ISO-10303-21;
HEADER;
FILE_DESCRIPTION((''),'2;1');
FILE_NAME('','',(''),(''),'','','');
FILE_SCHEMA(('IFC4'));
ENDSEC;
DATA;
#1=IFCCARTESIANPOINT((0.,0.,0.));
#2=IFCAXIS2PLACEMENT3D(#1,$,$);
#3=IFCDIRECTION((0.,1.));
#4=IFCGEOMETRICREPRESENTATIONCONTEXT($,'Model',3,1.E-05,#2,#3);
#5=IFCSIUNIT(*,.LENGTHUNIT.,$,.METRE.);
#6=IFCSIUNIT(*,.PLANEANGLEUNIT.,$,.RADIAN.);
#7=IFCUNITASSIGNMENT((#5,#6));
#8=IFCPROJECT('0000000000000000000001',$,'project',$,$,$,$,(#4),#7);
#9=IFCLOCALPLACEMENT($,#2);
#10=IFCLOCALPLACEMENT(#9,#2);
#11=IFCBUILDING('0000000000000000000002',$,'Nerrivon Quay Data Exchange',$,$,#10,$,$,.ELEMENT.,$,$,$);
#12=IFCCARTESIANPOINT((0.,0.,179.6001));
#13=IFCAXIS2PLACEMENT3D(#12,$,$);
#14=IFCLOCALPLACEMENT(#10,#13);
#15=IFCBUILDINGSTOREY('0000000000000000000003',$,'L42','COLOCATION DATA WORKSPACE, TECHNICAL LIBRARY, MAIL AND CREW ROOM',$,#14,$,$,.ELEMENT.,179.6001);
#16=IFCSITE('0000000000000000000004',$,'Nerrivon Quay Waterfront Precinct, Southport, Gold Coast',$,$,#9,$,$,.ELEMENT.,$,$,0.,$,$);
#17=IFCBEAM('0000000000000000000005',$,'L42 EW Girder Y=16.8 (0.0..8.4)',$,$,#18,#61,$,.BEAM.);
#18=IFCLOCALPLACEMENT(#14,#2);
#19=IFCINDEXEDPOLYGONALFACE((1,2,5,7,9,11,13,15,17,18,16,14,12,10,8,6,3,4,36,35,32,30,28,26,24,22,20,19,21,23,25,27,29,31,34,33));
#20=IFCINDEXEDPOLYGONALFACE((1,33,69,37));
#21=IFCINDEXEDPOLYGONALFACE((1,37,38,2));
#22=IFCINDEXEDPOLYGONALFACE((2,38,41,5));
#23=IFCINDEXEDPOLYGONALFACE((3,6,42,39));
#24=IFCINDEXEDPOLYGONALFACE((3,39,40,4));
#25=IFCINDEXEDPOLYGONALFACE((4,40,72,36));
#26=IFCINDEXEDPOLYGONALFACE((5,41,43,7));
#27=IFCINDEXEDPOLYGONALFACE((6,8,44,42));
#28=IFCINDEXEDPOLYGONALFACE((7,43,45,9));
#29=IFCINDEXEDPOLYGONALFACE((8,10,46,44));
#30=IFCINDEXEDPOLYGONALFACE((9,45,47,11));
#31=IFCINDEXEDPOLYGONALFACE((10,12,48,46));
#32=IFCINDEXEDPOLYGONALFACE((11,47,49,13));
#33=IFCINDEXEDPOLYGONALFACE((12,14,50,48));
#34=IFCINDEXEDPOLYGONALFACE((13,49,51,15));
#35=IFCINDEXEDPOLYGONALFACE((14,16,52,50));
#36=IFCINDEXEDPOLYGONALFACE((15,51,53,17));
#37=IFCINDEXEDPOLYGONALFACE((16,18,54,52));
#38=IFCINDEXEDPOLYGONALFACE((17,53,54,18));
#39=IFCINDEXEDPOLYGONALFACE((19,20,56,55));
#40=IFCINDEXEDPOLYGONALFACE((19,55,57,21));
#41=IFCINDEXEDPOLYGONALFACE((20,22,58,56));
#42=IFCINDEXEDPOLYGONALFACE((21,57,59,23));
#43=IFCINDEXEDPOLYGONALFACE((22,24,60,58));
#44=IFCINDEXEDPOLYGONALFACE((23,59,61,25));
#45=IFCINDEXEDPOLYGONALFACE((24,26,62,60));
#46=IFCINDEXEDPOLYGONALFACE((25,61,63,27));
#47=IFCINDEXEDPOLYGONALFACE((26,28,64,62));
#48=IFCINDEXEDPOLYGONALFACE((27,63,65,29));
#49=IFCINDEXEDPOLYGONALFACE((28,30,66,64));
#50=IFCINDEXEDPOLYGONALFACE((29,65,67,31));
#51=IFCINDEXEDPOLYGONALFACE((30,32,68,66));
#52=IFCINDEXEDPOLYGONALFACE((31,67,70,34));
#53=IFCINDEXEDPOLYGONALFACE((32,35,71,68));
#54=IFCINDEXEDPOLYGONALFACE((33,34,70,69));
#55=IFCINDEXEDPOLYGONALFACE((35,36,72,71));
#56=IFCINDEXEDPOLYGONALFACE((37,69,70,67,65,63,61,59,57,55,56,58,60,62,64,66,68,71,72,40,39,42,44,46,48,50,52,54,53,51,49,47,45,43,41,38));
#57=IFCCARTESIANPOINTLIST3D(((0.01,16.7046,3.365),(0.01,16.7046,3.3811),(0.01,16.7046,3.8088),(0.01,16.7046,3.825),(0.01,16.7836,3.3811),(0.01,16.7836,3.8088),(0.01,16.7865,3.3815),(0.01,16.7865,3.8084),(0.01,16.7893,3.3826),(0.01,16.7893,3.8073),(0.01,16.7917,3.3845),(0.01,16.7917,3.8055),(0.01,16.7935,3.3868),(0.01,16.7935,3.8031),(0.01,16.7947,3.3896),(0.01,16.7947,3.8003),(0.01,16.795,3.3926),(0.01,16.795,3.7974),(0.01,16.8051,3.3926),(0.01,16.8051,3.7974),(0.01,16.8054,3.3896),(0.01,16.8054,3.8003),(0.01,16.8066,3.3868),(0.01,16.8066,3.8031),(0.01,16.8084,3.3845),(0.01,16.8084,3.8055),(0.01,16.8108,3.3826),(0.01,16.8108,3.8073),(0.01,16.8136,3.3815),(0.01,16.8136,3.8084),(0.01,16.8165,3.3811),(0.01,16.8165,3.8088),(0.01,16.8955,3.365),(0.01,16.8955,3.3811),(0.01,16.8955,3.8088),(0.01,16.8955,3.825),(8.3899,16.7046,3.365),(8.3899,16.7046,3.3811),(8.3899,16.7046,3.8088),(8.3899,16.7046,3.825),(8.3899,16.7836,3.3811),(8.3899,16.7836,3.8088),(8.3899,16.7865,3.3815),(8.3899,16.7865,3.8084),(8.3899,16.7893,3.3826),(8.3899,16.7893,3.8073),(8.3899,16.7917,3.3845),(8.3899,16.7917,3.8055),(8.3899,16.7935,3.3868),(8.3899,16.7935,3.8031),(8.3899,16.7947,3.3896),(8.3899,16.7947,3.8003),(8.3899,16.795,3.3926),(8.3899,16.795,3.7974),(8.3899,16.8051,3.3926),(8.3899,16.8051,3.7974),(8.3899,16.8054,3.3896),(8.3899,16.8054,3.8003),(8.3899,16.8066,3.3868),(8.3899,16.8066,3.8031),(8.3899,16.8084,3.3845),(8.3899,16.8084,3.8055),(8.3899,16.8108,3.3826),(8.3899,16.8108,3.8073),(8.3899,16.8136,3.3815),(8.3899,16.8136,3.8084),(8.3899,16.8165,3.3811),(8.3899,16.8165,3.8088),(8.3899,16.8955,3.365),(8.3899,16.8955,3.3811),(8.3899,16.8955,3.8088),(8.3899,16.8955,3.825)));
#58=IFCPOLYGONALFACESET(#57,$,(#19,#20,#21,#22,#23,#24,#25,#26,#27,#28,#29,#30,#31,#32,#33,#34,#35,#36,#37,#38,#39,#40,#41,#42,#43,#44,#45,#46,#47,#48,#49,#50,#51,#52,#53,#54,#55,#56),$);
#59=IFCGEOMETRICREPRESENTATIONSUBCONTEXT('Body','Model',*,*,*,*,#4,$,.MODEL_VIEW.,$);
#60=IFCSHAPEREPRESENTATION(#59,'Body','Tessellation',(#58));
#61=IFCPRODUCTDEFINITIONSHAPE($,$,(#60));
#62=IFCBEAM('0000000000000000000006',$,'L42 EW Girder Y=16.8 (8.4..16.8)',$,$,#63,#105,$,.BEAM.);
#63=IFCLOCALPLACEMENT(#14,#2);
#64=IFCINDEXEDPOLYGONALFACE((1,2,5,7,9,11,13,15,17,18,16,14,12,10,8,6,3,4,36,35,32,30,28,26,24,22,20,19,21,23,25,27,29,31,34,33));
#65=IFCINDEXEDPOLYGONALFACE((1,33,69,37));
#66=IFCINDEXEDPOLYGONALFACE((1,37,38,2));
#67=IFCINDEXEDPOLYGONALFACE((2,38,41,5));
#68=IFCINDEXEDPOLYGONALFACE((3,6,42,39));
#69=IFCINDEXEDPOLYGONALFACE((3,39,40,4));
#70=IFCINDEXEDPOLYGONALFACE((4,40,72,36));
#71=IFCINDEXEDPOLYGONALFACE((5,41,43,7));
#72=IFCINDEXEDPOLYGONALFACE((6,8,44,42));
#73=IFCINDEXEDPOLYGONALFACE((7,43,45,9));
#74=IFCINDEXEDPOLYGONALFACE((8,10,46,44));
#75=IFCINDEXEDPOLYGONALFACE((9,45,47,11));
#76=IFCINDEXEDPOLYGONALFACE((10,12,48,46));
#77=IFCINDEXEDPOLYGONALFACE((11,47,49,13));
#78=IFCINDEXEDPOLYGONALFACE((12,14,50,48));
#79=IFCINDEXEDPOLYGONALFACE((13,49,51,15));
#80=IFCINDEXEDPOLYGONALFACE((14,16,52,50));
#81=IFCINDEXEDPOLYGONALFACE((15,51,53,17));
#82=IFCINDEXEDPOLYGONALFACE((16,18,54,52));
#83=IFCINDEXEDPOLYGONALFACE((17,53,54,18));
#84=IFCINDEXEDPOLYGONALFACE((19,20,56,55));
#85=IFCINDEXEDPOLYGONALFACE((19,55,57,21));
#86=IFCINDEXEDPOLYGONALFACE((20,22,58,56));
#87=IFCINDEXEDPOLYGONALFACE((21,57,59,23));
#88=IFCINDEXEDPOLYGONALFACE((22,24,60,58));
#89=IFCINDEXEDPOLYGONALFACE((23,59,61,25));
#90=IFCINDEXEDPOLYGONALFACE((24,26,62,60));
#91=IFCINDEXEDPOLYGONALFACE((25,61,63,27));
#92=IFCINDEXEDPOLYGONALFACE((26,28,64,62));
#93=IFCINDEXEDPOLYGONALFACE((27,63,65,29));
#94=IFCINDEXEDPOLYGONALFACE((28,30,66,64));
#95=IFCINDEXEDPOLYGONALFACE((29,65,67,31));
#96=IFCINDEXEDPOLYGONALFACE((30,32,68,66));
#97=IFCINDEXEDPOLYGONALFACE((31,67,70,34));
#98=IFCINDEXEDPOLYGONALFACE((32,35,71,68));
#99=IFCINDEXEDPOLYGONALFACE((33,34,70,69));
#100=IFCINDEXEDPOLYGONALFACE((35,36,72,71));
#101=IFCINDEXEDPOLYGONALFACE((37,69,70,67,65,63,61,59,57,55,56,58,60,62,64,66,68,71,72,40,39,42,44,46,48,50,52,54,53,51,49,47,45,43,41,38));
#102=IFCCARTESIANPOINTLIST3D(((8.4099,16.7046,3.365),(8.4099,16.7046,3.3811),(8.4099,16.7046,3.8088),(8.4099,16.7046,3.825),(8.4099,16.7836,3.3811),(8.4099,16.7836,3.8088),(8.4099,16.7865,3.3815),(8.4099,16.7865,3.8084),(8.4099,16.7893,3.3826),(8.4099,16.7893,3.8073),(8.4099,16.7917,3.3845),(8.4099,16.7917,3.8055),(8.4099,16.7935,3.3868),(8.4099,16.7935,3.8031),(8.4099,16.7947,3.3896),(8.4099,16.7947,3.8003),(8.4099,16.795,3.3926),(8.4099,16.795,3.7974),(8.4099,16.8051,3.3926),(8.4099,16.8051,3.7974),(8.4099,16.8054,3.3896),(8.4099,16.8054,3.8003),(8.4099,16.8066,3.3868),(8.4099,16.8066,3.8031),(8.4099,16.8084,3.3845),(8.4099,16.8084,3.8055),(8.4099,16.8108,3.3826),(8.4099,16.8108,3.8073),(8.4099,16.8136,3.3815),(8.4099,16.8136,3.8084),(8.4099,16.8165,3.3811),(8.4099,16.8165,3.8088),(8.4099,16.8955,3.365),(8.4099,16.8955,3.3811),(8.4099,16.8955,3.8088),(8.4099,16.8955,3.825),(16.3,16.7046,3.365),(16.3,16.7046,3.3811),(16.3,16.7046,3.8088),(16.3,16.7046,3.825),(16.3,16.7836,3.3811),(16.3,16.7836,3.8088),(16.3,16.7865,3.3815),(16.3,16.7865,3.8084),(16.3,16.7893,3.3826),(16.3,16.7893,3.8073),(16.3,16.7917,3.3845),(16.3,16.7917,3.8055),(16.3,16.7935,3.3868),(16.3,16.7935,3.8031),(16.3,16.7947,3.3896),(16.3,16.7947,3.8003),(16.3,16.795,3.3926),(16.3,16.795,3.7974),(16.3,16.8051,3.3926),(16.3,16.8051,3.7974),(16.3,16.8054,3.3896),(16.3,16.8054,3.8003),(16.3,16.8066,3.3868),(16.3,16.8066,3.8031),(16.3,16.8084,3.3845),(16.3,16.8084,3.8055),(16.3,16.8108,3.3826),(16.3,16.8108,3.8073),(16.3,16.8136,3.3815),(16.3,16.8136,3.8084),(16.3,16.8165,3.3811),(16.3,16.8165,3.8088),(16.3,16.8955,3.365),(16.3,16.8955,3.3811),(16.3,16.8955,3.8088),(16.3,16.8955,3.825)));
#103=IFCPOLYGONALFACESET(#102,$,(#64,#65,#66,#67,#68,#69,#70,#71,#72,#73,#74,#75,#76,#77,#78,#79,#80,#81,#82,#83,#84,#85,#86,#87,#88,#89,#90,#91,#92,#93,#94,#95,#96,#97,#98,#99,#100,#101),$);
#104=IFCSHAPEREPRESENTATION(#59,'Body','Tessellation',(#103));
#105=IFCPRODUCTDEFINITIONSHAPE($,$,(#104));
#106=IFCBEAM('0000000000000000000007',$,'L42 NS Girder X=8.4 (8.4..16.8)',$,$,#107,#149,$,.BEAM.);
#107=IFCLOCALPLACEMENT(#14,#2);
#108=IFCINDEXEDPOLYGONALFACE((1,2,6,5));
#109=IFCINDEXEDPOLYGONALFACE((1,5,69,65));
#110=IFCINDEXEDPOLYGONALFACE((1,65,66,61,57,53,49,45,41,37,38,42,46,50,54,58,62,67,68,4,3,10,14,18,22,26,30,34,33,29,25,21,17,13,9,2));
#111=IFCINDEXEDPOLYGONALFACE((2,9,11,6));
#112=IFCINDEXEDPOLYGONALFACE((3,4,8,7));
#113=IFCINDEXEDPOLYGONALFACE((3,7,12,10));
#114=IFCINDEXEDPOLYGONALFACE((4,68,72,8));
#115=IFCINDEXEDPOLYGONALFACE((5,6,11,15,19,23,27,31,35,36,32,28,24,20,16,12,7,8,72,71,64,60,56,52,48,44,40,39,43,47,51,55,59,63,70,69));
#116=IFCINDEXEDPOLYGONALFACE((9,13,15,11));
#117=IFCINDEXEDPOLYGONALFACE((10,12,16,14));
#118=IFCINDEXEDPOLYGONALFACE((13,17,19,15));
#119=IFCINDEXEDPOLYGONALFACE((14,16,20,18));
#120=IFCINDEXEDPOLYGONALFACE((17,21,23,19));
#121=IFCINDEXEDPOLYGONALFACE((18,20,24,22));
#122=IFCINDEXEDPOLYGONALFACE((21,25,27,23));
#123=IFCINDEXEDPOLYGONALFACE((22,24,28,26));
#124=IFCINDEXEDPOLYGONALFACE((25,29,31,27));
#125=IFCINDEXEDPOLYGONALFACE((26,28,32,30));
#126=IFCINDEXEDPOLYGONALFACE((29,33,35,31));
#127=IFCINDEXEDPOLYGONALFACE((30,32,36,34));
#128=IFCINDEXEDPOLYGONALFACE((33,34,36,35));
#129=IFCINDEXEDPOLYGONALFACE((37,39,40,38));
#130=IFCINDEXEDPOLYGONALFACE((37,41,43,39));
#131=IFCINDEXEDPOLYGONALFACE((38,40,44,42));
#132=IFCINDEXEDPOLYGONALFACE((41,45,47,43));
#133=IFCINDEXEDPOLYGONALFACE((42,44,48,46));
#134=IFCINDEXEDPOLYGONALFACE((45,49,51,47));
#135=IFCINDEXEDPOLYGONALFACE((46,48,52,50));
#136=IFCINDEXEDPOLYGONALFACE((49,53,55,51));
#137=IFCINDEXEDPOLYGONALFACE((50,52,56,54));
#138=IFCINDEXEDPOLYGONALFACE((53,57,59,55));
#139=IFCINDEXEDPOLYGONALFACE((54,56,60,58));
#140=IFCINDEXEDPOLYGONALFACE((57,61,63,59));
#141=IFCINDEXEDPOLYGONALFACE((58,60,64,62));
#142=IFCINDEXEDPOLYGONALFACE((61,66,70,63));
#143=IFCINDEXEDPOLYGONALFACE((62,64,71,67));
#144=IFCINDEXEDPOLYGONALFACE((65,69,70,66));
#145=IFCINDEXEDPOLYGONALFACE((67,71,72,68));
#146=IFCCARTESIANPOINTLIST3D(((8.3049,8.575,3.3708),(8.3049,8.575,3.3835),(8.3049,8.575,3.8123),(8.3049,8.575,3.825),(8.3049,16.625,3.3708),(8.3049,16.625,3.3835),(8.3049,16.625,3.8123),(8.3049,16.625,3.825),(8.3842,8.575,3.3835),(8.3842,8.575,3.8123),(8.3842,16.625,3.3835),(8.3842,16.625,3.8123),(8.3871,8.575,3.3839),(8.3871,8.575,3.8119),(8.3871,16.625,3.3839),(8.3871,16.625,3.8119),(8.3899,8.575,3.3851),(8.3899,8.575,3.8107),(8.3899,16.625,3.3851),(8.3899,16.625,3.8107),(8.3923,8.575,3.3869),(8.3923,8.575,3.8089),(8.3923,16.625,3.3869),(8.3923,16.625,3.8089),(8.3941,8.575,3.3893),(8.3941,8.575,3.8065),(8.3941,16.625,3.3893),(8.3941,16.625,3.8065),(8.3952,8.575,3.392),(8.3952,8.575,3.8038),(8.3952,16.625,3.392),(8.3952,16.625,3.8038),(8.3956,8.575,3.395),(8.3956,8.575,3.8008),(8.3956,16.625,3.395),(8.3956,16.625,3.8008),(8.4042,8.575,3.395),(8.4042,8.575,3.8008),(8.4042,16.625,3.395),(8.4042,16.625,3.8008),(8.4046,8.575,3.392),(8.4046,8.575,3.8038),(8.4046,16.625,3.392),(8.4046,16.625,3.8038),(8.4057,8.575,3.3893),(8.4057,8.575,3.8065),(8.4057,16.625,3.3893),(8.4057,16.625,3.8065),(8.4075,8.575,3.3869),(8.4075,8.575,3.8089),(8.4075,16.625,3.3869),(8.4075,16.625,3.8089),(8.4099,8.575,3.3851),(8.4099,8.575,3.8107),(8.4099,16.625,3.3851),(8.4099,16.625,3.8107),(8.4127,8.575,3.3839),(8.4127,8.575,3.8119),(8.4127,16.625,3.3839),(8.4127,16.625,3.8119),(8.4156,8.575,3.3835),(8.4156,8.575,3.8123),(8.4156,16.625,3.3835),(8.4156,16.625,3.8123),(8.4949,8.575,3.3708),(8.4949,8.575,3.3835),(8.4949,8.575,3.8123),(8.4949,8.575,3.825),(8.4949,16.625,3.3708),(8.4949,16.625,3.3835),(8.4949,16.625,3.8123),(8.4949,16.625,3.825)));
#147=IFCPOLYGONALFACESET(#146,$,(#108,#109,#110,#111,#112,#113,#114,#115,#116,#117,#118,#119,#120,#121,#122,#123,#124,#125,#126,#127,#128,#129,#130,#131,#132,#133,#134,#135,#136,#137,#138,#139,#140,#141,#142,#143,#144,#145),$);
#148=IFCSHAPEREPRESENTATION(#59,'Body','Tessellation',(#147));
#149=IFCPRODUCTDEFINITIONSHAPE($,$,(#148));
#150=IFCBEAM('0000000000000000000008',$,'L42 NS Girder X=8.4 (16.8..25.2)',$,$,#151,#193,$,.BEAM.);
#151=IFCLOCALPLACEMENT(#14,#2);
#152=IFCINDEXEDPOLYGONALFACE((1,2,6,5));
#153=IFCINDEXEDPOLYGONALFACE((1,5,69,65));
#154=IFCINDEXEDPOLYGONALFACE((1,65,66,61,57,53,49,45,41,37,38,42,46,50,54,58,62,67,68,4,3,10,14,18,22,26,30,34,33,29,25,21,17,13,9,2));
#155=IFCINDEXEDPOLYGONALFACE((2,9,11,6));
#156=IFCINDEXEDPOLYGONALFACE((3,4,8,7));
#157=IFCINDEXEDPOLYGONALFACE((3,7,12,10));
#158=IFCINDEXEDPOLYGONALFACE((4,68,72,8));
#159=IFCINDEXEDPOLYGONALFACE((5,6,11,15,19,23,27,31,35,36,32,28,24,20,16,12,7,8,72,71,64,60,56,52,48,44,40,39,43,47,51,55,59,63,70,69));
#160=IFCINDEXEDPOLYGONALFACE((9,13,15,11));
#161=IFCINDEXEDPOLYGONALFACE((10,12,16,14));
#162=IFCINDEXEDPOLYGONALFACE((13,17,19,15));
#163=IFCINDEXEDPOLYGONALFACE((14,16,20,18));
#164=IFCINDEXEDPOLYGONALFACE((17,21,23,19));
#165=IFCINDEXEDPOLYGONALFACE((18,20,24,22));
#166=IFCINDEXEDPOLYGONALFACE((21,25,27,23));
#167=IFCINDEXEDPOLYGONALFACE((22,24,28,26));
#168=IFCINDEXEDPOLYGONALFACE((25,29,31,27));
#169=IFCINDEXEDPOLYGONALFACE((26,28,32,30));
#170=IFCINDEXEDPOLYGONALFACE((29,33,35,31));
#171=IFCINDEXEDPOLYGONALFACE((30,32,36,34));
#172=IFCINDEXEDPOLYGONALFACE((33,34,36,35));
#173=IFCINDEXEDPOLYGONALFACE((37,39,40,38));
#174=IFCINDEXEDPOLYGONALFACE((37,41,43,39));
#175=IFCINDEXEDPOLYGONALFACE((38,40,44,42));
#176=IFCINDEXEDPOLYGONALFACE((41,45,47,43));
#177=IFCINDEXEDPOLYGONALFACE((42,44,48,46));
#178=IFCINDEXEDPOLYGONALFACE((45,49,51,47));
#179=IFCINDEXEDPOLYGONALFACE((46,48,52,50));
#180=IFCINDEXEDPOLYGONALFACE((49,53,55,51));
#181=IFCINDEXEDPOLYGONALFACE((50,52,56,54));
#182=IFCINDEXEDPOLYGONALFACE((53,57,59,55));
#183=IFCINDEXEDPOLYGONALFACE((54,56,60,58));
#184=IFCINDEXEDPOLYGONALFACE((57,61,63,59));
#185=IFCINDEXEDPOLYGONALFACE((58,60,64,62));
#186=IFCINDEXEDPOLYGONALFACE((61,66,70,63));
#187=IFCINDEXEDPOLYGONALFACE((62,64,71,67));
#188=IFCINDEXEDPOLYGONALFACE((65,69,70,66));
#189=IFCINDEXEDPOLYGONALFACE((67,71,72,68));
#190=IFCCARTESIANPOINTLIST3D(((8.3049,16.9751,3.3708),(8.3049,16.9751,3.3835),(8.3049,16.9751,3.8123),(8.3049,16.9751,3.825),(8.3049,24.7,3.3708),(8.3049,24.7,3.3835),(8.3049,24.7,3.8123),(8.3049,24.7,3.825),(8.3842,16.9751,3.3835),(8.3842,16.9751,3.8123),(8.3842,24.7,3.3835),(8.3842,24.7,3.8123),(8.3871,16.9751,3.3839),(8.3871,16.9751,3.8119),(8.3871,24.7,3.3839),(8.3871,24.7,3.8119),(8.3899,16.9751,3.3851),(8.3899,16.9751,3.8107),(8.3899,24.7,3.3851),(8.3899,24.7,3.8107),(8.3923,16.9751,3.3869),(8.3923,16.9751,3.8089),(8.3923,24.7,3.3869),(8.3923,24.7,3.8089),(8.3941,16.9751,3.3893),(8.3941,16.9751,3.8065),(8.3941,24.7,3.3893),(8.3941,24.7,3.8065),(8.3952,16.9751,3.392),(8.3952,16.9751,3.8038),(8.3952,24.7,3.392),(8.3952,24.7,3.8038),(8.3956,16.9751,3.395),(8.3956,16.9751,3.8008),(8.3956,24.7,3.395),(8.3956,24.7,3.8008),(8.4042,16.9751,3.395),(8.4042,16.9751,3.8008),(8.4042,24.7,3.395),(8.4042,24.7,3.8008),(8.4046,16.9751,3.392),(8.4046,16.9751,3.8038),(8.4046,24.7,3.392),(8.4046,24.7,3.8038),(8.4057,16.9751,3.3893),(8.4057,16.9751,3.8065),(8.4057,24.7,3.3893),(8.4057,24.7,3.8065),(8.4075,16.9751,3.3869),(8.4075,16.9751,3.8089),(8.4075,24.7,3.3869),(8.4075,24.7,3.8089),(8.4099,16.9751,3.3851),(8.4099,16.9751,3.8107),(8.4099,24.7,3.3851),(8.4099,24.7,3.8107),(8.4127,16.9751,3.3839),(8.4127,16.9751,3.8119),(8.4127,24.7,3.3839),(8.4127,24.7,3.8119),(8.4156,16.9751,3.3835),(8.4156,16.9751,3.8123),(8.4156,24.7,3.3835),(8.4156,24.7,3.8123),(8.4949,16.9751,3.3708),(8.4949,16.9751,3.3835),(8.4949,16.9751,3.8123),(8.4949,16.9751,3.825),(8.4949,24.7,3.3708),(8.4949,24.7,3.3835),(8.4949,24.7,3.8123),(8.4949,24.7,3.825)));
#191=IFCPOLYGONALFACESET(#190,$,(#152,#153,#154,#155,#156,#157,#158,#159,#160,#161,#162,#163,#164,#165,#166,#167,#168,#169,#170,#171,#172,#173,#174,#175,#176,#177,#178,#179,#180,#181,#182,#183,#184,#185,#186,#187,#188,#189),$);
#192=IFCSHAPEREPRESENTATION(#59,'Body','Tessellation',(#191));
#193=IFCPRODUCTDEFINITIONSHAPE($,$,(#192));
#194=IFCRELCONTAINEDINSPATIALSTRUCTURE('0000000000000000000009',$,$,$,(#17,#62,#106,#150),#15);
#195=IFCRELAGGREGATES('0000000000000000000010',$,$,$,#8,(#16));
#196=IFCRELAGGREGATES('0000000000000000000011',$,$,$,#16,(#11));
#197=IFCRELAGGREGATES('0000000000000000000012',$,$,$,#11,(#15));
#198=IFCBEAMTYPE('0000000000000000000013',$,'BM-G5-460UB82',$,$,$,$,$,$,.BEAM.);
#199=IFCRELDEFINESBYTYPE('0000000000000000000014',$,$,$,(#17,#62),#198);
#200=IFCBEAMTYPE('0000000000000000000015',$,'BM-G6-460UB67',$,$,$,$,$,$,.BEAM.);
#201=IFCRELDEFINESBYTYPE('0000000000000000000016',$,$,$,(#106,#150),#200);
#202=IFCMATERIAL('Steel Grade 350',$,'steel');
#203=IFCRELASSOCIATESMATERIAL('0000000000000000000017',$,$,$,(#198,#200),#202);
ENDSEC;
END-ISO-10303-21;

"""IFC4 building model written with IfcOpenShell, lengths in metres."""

from ifc_helpers import new_model, si_unit, direction, frame, origin, origin_2d, place, context, subcontext, project, spatial, i_section, extrude, material, material_profile, profile_set, type_object, element, save


model = new_model("IFC4")

# Units and contexts
model_context = context("Model", 3, precision=1e-05, world=origin(), true_north=direction((0.0, 1.0)))
body_context = subcontext(model_context, "Body", "Model", "MODEL_VIEW")
ifc_project = project(units=[si_unit("LENGTHUNIT", "METRE"), si_unit("PLANEANGLEUNIT", "RADIAN")], contexts=[model_context])

# Site, building, storey
site_placement = place(None, origin())
site = spatial("IfcSite", under=ifc_project, at=site_placement, Name="Nerrivon Quay Waterfront Precinct, Southport, Gold Coast", CompositionType="ELEMENT", RefElevation=0.0)
building_placement = place(site_placement, origin())
building = spatial("IfcBuilding", under=site, at=building_placement, Name="Nerrivon Quay Data Exchange", CompositionType="ELEMENT")
storey_placement = place(building_placement, frame((0.0, 0.0, 179.6001)))
storey = spatial("IfcBuildingStorey", under=building, at=storey_placement, Name="L42", Description="COLOCATION DATA WORKSPACE, TECHNICAL LIBRARY, MAIL AND CREW ROOM", CompositionType="ELEMENT", Elevation=179.6001)

# Shared definitions
ifc_material_1 = material(Name="Steel Grade 350", Category="steel")

# Beams
ifc_material_profile_1 = material_profile(ifc_material_1, i_section(OverallWidth=0.1909, OverallDepth=0.46, WebThickness=0.01, FlangeThickness=0.0161, FilletRadius=0.0115, at=origin_2d()), Name="460UB82.1")
ifc_profile_set_1 = profile_set([ifc_material_profile_1], Name="Steel Grade 350")
beam_type_1 = type_object("IfcBeamType", Name="BM-G5-460UB82", PredefinedType="BEAM", material=ifc_profile_set_1)
beam_1_placement = place(storey_placement, frame((0.01, 16.8, 3.595), z_axis=(1.0, 0.0, 0.0), x_axis=(0.0, 1.0, 0.0)))
element("IfcBeam", 1, at=beam_1_placement, inside=storey, type_object=beam_type_1, Name="L42 EW Girder Y=16.8 (0.0..8.4)", PredefinedType="BEAM", context=body_context, shape_type="SweptSolid", body=[
    extrude(i_section(OverallWidth=0.1909, OverallDepth=0.46, WebThickness=0.01, FlangeThickness=0.0161, FilletRadius=0.0115, at=origin_2d()), origin(), (0.0, 0.0, 1.0), 8.3799),
])
beam_2_placement = place(storey_placement, frame((8.4099, 16.8, 3.595), z_axis=(1.0, 0.0, 0.0), x_axis=(0.0, 1.0, 0.0)))
element("IfcBeam", 2, at=beam_2_placement, inside=storey, type_object=beam_type_1, Name="L42 EW Girder Y=16.8 (8.4..16.8)", PredefinedType="BEAM", context=body_context, shape_type="SweptSolid", body=[
    extrude(i_section(OverallWidth=0.1909, OverallDepth=0.46, WebThickness=0.01, FlangeThickness=0.0161, FilletRadius=0.0115, at=origin_2d()), origin(), (0.0, 0.0, 1.0), 7.8901),
])
ifc_material_profile_2 = material_profile(ifc_material_1, i_section(OverallWidth=0.1899, OverallDepth=0.4541, WebThickness=0.0085, FlangeThickness=0.0127, FilletRadius=0.0115, at=origin_2d()), Name="460UB67.1")
ifc_profile_set_2 = profile_set([ifc_material_profile_2], Name="Steel Grade 350")
beam_type_2 = type_object("IfcBeamType", Name="BM-G6-460UB67", PredefinedType="BEAM", material=ifc_profile_set_2)
beam_3_placement = place(storey_placement, frame((8.3999, 8.575, 3.5979), z_axis=(0.0, 1.0, 0.0), x_axis=(-1.0, 0.0, 0.0)))
element("IfcBeam", 3, at=beam_3_placement, inside=storey, type_object=beam_type_2, Name="L42 NS Girder X=8.4 (8.4..16.8)", PredefinedType="BEAM", context=body_context, shape_type="SweptSolid", body=[
    extrude(i_section(OverallWidth=0.1899, OverallDepth=0.4541, WebThickness=0.0085, FlangeThickness=0.0127, FilletRadius=0.0115, at=origin_2d()), origin(), (0.0, 0.0, 1.0), 8.05),
])
beam_4_placement = place(storey_placement, frame((8.3999, 16.9751, 3.5979), z_axis=(0.0, 1.0, 0.0), x_axis=(-1.0, 0.0, 0.0)))
element("IfcBeam", 4, at=beam_4_placement, inside=storey, type_object=beam_type_2, Name="L42 NS Girder X=8.4 (16.8..25.2)", PredefinedType="BEAM", context=body_context, shape_type="SweptSolid", body=[
    extrude(i_section(OverallWidth=0.1899, OverallDepth=0.4541, WebThickness=0.0085, FlangeThickness=0.0127, FilletRadius=0.0115, at=origin_2d()), origin(), (0.0, 0.0, 1.0), 7.7249),
])

save(model, "model.ifc")
